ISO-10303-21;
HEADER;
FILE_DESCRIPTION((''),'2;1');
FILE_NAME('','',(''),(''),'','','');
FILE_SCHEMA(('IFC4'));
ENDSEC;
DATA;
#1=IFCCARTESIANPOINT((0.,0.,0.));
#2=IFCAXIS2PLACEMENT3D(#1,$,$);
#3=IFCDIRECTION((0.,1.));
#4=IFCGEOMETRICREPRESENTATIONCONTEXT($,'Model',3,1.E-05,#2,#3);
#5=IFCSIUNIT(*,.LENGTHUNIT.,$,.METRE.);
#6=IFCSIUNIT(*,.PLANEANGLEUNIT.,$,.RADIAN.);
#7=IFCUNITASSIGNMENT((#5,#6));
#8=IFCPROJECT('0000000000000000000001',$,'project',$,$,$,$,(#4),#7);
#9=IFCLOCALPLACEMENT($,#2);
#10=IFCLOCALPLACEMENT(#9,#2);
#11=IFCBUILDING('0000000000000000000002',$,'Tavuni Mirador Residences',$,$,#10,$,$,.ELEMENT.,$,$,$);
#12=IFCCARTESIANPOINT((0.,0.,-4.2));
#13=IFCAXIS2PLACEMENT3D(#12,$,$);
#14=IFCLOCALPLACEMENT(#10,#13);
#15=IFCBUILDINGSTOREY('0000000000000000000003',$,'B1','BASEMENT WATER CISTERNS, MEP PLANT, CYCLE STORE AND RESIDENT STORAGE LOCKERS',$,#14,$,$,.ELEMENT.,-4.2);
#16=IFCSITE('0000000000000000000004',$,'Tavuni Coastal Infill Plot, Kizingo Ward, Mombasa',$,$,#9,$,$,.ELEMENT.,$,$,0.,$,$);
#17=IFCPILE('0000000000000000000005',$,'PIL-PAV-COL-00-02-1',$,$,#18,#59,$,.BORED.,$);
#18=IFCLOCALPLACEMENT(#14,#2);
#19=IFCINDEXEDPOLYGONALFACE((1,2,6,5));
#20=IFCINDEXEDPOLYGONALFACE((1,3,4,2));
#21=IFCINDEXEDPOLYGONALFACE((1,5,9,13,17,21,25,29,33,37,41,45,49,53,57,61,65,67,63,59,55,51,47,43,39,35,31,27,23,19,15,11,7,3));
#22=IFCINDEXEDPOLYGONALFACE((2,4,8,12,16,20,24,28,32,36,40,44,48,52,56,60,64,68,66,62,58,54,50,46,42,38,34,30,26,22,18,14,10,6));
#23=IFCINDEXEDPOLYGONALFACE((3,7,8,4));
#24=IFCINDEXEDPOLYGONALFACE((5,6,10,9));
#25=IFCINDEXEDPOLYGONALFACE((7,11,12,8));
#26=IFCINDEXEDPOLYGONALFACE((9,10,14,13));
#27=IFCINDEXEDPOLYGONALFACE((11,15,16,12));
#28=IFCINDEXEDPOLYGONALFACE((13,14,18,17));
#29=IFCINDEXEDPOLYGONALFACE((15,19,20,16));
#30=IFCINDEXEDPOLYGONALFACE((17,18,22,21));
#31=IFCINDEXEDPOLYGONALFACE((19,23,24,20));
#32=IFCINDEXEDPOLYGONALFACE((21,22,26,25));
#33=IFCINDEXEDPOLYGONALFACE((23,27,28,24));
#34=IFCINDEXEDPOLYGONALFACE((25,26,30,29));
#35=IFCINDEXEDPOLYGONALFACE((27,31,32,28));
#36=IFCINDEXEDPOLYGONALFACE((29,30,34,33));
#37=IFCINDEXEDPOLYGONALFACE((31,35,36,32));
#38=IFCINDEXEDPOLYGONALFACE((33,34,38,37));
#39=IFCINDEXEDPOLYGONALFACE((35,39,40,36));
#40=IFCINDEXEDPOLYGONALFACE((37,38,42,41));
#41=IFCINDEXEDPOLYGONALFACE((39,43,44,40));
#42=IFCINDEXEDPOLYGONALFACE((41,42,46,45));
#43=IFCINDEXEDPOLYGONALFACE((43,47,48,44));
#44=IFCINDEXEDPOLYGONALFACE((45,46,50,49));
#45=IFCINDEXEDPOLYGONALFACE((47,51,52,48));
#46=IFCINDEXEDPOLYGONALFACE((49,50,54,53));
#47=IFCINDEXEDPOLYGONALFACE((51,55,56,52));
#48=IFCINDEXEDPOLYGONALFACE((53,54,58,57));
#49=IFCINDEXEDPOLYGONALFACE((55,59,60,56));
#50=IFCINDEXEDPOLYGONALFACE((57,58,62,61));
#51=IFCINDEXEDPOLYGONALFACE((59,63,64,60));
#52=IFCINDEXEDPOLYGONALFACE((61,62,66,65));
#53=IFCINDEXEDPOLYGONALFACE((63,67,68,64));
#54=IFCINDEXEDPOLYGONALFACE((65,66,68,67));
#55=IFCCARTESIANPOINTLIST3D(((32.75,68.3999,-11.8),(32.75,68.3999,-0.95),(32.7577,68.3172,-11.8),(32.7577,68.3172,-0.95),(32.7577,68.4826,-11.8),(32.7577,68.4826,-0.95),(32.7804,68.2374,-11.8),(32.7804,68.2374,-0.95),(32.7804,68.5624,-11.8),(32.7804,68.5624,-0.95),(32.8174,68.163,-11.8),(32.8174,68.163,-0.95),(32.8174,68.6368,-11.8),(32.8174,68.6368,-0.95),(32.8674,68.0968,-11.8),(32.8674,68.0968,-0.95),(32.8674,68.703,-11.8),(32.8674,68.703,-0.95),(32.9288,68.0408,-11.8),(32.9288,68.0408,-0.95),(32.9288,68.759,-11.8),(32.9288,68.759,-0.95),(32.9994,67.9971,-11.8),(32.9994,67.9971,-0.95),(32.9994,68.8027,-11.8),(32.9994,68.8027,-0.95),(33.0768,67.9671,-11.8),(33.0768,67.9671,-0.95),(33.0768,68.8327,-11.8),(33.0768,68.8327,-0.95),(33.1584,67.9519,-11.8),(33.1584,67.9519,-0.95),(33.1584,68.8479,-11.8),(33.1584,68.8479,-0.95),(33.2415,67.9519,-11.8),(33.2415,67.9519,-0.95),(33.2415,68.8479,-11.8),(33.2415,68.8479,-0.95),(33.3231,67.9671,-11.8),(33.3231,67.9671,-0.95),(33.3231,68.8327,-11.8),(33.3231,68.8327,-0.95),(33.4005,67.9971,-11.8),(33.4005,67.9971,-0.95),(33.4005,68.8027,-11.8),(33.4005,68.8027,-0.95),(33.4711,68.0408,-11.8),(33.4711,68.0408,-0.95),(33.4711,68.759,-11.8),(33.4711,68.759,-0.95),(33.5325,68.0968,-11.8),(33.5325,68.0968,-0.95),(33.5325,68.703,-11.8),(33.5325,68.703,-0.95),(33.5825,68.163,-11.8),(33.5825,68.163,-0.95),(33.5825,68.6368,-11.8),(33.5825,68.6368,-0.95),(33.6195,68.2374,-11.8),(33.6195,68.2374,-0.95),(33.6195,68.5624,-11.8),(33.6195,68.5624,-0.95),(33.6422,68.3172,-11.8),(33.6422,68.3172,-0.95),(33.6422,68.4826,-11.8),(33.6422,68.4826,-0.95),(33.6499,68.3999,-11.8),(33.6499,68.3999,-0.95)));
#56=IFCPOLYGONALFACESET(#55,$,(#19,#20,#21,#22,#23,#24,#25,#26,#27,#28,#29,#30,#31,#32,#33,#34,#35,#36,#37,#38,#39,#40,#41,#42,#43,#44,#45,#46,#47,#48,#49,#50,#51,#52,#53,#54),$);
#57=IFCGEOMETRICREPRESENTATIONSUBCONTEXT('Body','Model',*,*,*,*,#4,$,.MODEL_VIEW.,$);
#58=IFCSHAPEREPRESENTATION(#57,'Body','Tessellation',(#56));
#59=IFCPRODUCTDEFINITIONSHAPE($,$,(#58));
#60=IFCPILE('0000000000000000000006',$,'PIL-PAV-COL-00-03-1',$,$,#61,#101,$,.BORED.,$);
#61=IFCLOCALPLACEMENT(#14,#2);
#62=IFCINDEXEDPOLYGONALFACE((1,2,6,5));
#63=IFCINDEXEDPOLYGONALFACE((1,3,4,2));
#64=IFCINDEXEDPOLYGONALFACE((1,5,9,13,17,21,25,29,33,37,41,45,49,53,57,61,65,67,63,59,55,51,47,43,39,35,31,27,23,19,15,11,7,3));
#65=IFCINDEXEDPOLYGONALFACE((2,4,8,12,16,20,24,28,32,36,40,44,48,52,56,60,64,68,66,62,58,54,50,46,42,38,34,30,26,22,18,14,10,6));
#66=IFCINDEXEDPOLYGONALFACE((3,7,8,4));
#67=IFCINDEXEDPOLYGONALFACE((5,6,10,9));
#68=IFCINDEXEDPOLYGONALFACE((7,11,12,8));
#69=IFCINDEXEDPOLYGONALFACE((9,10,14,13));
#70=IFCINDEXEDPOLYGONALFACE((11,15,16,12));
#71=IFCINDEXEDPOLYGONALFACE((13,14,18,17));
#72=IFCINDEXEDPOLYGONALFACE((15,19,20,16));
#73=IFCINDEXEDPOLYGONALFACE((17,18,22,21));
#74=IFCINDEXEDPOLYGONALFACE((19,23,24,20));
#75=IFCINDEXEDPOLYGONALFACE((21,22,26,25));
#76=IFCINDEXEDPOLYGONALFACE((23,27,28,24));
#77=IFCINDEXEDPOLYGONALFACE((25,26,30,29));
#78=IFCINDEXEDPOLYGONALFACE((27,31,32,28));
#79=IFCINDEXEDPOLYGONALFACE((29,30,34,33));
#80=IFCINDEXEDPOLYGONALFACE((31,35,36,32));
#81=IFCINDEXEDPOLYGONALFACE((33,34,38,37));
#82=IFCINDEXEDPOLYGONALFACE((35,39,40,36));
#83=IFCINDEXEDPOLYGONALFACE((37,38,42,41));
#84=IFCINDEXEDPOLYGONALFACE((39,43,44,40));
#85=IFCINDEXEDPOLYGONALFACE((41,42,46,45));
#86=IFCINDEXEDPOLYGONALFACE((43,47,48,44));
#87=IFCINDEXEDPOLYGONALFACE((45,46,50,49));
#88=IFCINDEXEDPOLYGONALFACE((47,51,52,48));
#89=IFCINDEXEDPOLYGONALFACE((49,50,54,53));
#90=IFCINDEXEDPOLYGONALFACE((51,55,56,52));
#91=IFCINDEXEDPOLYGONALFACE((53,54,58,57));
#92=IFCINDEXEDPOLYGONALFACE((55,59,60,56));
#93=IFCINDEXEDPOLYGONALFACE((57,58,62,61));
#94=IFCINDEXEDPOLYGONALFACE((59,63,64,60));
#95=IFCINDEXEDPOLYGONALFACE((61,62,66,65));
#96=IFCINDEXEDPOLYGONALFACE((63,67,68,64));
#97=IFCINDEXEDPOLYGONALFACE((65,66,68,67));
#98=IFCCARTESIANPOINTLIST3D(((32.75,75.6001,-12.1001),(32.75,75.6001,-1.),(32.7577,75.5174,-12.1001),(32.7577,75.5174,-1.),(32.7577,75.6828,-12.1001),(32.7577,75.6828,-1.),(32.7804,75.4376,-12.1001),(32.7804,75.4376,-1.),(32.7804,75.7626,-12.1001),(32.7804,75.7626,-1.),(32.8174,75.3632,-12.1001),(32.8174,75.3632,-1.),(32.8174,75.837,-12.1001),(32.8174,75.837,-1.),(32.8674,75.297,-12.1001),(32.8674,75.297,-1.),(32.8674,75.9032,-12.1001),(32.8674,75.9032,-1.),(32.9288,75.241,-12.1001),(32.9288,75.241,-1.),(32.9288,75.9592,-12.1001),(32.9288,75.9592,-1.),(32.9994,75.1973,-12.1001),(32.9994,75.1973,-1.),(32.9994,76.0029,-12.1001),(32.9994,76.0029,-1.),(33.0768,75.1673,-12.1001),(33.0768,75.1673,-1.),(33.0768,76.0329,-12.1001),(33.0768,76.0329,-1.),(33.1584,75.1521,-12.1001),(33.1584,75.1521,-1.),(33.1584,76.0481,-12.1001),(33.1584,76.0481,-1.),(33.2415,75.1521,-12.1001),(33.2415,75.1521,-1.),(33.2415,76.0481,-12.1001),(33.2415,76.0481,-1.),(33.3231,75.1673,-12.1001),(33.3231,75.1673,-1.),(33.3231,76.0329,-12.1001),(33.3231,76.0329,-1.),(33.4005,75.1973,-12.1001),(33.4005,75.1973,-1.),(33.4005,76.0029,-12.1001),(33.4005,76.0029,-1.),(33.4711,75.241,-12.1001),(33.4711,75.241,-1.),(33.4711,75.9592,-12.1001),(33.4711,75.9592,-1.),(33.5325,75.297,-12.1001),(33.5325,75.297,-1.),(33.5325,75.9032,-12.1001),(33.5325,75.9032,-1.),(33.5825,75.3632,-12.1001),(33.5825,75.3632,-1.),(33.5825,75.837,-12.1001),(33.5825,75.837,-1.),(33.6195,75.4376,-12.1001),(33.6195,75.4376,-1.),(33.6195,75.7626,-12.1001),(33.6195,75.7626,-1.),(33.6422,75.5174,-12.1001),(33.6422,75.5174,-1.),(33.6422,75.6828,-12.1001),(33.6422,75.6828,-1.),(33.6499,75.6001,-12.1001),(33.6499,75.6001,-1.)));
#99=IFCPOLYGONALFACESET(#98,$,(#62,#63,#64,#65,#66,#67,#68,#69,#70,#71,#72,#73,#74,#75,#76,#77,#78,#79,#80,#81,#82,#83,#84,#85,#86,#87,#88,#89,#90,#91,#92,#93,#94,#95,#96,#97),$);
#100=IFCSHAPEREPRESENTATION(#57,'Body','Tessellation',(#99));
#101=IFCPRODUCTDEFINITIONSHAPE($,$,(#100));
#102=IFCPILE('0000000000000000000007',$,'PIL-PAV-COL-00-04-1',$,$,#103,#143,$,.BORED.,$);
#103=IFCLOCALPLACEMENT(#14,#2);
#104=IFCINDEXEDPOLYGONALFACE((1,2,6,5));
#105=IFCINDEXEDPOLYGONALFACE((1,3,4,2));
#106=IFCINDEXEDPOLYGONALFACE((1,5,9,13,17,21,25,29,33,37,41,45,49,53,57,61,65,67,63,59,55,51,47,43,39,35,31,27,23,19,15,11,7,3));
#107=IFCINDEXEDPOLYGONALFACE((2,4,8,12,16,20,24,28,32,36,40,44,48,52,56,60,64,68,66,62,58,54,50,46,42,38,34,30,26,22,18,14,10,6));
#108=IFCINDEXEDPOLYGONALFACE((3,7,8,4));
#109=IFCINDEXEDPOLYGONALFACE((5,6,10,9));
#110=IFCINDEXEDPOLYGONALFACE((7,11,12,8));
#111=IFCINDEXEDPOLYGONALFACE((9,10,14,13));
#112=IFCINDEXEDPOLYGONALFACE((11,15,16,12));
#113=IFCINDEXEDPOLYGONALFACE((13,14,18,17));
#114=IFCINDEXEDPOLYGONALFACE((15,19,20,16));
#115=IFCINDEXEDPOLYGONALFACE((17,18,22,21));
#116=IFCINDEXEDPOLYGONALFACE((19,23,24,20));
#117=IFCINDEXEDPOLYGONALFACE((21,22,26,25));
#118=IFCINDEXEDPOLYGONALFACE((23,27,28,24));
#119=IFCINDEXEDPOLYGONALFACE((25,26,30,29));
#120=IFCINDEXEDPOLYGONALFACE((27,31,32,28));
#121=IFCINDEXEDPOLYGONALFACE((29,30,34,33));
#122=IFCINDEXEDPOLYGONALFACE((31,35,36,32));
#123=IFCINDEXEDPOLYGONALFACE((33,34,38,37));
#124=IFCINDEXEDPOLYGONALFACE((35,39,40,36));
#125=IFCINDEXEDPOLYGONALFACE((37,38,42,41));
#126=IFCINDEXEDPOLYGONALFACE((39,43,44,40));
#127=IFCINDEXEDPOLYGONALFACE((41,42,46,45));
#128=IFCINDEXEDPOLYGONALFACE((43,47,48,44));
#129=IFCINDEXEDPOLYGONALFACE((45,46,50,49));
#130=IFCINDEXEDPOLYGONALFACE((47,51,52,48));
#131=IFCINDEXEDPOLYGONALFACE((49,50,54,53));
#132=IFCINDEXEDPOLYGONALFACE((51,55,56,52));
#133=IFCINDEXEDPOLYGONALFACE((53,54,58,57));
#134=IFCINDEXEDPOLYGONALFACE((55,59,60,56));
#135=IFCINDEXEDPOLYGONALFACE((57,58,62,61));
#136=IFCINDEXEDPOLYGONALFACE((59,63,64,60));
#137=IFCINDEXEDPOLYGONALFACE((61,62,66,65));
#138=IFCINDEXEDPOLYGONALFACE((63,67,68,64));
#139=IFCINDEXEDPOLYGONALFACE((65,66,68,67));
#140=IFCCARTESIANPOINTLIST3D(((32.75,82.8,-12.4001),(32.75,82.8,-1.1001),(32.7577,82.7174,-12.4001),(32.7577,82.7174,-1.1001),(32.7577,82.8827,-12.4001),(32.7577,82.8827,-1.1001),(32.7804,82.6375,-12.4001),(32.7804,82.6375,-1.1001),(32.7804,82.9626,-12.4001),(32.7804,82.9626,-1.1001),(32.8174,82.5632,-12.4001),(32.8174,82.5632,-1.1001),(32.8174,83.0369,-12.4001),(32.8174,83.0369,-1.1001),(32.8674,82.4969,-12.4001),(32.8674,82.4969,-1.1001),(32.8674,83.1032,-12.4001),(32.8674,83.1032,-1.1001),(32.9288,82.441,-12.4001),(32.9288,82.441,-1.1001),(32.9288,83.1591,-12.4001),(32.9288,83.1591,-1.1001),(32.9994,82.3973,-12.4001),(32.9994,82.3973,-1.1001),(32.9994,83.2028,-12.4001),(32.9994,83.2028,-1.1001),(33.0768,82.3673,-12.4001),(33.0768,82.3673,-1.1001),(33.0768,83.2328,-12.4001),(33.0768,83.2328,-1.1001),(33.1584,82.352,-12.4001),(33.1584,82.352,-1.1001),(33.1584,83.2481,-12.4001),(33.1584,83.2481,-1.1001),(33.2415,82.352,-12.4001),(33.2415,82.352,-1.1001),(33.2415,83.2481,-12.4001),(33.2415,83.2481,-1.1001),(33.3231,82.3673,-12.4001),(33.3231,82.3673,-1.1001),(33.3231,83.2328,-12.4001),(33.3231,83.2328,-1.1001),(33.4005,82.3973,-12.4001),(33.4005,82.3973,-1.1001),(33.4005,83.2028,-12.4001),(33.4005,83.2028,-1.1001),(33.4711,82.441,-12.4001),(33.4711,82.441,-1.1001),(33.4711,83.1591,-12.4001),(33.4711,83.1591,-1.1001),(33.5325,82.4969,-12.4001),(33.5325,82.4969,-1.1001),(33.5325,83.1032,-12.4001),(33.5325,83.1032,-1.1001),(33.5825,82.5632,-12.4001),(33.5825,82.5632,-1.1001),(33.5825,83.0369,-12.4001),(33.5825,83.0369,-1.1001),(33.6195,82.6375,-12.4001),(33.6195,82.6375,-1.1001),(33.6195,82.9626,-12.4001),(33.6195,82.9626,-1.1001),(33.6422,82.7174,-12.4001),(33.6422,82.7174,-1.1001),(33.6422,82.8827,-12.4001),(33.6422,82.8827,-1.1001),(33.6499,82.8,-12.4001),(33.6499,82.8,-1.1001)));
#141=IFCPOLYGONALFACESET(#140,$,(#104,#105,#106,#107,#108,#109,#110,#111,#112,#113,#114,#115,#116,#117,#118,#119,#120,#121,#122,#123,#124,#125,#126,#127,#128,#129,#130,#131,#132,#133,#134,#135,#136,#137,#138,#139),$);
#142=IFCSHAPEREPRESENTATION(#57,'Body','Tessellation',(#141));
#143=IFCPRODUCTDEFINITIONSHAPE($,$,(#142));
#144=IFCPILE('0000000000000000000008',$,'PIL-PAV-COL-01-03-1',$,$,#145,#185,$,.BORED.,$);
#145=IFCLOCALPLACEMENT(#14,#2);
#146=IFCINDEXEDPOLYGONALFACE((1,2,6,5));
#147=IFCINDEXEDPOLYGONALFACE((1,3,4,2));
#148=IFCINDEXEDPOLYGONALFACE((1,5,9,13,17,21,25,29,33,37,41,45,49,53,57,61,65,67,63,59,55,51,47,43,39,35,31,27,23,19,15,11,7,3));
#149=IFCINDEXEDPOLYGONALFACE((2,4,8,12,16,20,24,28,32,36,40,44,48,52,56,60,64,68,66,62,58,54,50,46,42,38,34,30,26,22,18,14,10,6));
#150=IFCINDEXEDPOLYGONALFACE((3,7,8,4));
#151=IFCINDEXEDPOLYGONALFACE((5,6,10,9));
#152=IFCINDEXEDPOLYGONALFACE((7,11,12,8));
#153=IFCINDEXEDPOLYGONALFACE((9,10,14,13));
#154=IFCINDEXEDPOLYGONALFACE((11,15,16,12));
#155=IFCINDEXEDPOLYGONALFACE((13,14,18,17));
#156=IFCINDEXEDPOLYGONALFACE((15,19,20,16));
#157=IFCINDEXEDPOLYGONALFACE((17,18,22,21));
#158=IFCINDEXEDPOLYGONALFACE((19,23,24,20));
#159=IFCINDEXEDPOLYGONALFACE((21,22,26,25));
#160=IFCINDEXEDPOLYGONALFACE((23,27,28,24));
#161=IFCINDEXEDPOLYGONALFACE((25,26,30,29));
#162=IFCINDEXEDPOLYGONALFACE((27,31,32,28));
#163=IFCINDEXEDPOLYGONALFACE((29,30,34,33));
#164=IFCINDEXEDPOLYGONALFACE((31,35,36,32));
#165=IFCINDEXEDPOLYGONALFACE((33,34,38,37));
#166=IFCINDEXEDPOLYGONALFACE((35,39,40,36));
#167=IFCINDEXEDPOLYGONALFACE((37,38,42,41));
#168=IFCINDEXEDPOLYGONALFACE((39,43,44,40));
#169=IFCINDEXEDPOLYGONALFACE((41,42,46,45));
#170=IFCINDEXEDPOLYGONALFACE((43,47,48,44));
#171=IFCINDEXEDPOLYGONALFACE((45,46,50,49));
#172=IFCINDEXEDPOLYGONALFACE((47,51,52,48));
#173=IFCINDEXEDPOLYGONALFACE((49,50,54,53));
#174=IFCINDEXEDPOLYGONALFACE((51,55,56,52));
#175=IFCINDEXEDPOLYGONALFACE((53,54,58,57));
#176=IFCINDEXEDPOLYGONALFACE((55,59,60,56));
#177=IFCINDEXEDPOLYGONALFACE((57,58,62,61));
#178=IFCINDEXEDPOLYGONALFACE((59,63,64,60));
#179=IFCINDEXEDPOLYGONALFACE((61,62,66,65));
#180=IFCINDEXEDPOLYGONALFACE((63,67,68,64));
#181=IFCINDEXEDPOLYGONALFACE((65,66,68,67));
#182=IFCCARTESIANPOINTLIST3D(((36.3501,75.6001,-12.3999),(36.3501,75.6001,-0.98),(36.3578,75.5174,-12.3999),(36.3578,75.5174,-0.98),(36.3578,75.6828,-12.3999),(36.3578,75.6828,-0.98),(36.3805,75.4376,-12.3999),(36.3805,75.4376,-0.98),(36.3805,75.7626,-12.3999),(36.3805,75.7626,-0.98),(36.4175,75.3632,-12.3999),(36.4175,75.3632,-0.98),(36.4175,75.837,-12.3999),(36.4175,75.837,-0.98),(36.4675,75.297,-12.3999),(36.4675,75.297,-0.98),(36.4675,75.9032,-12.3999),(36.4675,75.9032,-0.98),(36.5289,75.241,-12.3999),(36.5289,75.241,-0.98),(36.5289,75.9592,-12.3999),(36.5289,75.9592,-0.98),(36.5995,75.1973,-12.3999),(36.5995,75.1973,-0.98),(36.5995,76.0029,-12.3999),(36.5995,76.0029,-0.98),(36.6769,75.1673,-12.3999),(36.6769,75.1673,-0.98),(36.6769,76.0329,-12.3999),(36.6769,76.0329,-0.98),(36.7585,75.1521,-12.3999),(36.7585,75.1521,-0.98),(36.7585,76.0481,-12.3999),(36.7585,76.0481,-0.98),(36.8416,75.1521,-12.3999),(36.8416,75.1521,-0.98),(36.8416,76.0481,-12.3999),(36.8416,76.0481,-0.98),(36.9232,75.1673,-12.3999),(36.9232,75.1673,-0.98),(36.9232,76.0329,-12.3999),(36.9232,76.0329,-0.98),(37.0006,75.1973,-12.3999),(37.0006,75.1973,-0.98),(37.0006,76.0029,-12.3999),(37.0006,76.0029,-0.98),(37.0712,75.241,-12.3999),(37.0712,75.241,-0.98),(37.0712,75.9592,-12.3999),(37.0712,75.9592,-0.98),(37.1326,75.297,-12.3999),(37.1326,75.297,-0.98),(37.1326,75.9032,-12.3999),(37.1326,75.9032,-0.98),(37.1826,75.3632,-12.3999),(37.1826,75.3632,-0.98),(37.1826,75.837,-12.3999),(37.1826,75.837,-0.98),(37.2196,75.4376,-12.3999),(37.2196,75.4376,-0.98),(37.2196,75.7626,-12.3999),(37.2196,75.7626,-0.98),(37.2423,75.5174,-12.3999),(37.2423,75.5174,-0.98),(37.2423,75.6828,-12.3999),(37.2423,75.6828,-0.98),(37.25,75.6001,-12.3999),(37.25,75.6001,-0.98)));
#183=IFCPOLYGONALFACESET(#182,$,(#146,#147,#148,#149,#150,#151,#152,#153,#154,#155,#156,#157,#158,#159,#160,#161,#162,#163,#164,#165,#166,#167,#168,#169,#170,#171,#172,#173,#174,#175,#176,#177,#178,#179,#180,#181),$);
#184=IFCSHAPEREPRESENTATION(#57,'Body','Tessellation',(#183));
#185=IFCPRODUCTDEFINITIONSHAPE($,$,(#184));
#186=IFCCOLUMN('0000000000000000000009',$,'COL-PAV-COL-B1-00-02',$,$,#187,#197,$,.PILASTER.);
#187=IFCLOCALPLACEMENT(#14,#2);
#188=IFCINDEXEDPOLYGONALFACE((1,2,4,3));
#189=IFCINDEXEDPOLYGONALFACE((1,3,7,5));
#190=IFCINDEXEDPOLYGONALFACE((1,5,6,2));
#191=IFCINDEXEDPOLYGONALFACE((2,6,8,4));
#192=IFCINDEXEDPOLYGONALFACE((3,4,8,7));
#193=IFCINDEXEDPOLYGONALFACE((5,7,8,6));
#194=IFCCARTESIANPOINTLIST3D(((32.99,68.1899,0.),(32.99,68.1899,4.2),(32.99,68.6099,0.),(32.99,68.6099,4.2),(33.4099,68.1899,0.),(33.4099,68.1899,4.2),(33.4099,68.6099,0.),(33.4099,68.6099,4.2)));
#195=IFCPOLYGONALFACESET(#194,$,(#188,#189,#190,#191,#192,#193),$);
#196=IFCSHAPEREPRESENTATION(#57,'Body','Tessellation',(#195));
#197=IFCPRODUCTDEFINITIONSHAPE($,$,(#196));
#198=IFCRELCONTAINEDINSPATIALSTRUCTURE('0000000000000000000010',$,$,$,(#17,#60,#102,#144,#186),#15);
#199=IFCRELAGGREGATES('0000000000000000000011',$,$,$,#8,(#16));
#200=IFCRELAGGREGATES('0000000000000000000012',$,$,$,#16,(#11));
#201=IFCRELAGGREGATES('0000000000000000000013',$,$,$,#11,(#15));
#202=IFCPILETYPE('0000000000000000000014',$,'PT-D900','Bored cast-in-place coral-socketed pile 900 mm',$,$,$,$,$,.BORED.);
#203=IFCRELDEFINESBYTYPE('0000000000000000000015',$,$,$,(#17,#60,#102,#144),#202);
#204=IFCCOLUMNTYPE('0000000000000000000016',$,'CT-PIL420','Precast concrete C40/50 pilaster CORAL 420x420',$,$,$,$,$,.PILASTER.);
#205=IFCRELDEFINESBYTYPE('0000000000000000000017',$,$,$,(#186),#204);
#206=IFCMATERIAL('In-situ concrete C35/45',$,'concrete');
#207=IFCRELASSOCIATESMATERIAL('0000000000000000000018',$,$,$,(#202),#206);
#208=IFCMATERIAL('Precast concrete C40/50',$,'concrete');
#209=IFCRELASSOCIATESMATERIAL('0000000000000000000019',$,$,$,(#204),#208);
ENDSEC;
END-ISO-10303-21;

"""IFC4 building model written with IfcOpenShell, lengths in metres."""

from ifc_helpers import new_model, si_unit, direction, frame, origin, origin_2d, place, context, subcontext, project, spatial, rectangle, circle, extrude, material, material_profile, profile_set, type_object, element, save


model = new_model("IFC4")

# Units and contexts
model_context = context("Model", 3, precision=1e-05, world=origin(), true_north=direction((0.0, 1.0)))
body_context = subcontext(model_context, "Body", "Model", "MODEL_VIEW")
ifc_project = project(units=[si_unit("LENGTHUNIT", "METRE"), si_unit("PLANEANGLEUNIT", "RADIAN")], contexts=[model_context])

# Site, building, storey
site_placement = place(None, origin())
site = spatial("IfcSite", under=ifc_project, at=site_placement, Name="Tavuni Coastal Infill Plot, Kizingo Ward, Mombasa", CompositionType="ELEMENT", RefElevation=0.0)
building_placement = place(site_placement, origin())
building = spatial("IfcBuilding", under=site, at=building_placement, Name="Tavuni Mirador Residences", CompositionType="ELEMENT")
storey_placement = place(building_placement, frame((0.0, 0.0, -4.2)))
storey = spatial("IfcBuildingStorey", under=building, at=storey_placement, Name="B1", Description="BASEMENT WATER CISTERNS, MEP PLANT, CYCLE STORE AND RESIDENT STORAGE LOCKERS", CompositionType="ELEMENT", Elevation=-4.2)

# Shared definitions
ifc_material_1 = material(Name="In-situ concrete C35/45", Category="concrete")

# Piles
ifc_material_profile_1 = material_profile(ifc_material_1, circle(Radius=0.45, at=origin_2d()), Name="PILE D900", Category="concrete")
ifc_profile_set_1 = profile_set([ifc_material_profile_1], Name="In-situ concrete C35/45")
pile_type_1 = type_object("IfcPileType", Name="PT-D900", Description="Bored cast-in-place coral-socketed pile 900 mm", PredefinedType="BORED", material=ifc_profile_set_1)
pile_1_placement = place(storey_placement, frame((33.2, 68.3999, -0.95), z_axis=(0.0, 0.0, -1.0), x_axis=(1.0, 0.0, 0.0)))
element("IfcPile", 1, at=pile_1_placement, inside=storey, type_object=pile_type_1, Name="PIL-PAV-COL-00-02-1", PredefinedType="BORED", context=body_context, shape_type="SweptSolid", body=[
    extrude(circle(Radius=0.45, at=origin_2d()), origin(), (0.0, 0.0, 1.0), 10.8501),
])
pile_2_placement = place(storey_placement, frame((33.2, 75.6001, -1.0), z_axis=(0.0, 0.0, -1.0), x_axis=(1.0, 0.0, 0.0)))
element("IfcPile", 2, at=pile_2_placement, inside=storey, type_object=pile_type_1, Name="PIL-PAV-COL-00-03-1", PredefinedType="BORED", context=body_context, shape_type="SweptSolid", body=[
    extrude(circle(Radius=0.45, at=origin_2d()), origin(), (0.0, 0.0, 1.0), 11.1001),
])
pile_3_placement = place(storey_placement, frame((33.2, 82.8, -1.1001), z_axis=(0.0, 0.0, -1.0), x_axis=(1.0, 0.0, 0.0)))
element("IfcPile", 3, at=pile_3_placement, inside=storey, type_object=pile_type_1, Name="PIL-PAV-COL-00-04-1", PredefinedType="BORED", context=body_context, shape_type="SweptSolid", body=[
    extrude(circle(Radius=0.45, at=origin_2d()), origin(), (0.0, 0.0, 1.0), 11.3),
])
pile_4_placement = place(storey_placement, frame((36.8, 75.6001, -0.98), z_axis=(0.0, 0.0, -1.0), x_axis=(1.0, 0.0, 0.0)))
element("IfcPile", 4, at=pile_4_placement, inside=storey, type_object=pile_type_1, Name="PIL-PAV-COL-01-03-1", PredefinedType="BORED", context=body_context, shape_type="SweptSolid", body=[
    extrude(circle(Radius=0.45, at=origin_2d()), origin(), (0.0, 0.0, 1.0), 11.4199),
])

# Column
ifc_material_2 = material(Name="Precast concrete C40/50", Category="concrete")
ifc_material_profile_2 = material_profile(ifc_material_2, rectangle(XDim=0.4199, YDim=0.4199, at=origin_2d()), Name="CORAL 420x420", Category="concrete")
ifc_profile_set_2 = profile_set([ifc_material_profile_2], Name="Precast concrete C40/50")
column_type_1 = type_object("IfcColumnType", Name="CT-PIL420", Description="Precast concrete C40/50 pilaster CORAL 420x420", PredefinedType="PILASTER", material=ifc_profile_set_2)
for number, where, z_axis, x_axis, name in (
    (5, (33.2, 68.3999, 0.0), (0.0, 0.0, 1.0), (1.0, 0.0, 0.0), "COL-PAV-COL-B1-00-02"),
):
    element("IfcColumn", number, at=place(storey_placement, frame(where, z_axis=z_axis, x_axis=x_axis)), inside=storey, type_object=column_type_1, Name=name, PredefinedType="PILASTER", context=body_context, shape_type="SweptSolid", body=[
        extrude(rectangle(XDim=0.4199, YDim=0.4199, at=origin_2d()), origin(), (0.0, 0.0, 1.0), 4.2),
    ])

save(model, "model.ifc")
